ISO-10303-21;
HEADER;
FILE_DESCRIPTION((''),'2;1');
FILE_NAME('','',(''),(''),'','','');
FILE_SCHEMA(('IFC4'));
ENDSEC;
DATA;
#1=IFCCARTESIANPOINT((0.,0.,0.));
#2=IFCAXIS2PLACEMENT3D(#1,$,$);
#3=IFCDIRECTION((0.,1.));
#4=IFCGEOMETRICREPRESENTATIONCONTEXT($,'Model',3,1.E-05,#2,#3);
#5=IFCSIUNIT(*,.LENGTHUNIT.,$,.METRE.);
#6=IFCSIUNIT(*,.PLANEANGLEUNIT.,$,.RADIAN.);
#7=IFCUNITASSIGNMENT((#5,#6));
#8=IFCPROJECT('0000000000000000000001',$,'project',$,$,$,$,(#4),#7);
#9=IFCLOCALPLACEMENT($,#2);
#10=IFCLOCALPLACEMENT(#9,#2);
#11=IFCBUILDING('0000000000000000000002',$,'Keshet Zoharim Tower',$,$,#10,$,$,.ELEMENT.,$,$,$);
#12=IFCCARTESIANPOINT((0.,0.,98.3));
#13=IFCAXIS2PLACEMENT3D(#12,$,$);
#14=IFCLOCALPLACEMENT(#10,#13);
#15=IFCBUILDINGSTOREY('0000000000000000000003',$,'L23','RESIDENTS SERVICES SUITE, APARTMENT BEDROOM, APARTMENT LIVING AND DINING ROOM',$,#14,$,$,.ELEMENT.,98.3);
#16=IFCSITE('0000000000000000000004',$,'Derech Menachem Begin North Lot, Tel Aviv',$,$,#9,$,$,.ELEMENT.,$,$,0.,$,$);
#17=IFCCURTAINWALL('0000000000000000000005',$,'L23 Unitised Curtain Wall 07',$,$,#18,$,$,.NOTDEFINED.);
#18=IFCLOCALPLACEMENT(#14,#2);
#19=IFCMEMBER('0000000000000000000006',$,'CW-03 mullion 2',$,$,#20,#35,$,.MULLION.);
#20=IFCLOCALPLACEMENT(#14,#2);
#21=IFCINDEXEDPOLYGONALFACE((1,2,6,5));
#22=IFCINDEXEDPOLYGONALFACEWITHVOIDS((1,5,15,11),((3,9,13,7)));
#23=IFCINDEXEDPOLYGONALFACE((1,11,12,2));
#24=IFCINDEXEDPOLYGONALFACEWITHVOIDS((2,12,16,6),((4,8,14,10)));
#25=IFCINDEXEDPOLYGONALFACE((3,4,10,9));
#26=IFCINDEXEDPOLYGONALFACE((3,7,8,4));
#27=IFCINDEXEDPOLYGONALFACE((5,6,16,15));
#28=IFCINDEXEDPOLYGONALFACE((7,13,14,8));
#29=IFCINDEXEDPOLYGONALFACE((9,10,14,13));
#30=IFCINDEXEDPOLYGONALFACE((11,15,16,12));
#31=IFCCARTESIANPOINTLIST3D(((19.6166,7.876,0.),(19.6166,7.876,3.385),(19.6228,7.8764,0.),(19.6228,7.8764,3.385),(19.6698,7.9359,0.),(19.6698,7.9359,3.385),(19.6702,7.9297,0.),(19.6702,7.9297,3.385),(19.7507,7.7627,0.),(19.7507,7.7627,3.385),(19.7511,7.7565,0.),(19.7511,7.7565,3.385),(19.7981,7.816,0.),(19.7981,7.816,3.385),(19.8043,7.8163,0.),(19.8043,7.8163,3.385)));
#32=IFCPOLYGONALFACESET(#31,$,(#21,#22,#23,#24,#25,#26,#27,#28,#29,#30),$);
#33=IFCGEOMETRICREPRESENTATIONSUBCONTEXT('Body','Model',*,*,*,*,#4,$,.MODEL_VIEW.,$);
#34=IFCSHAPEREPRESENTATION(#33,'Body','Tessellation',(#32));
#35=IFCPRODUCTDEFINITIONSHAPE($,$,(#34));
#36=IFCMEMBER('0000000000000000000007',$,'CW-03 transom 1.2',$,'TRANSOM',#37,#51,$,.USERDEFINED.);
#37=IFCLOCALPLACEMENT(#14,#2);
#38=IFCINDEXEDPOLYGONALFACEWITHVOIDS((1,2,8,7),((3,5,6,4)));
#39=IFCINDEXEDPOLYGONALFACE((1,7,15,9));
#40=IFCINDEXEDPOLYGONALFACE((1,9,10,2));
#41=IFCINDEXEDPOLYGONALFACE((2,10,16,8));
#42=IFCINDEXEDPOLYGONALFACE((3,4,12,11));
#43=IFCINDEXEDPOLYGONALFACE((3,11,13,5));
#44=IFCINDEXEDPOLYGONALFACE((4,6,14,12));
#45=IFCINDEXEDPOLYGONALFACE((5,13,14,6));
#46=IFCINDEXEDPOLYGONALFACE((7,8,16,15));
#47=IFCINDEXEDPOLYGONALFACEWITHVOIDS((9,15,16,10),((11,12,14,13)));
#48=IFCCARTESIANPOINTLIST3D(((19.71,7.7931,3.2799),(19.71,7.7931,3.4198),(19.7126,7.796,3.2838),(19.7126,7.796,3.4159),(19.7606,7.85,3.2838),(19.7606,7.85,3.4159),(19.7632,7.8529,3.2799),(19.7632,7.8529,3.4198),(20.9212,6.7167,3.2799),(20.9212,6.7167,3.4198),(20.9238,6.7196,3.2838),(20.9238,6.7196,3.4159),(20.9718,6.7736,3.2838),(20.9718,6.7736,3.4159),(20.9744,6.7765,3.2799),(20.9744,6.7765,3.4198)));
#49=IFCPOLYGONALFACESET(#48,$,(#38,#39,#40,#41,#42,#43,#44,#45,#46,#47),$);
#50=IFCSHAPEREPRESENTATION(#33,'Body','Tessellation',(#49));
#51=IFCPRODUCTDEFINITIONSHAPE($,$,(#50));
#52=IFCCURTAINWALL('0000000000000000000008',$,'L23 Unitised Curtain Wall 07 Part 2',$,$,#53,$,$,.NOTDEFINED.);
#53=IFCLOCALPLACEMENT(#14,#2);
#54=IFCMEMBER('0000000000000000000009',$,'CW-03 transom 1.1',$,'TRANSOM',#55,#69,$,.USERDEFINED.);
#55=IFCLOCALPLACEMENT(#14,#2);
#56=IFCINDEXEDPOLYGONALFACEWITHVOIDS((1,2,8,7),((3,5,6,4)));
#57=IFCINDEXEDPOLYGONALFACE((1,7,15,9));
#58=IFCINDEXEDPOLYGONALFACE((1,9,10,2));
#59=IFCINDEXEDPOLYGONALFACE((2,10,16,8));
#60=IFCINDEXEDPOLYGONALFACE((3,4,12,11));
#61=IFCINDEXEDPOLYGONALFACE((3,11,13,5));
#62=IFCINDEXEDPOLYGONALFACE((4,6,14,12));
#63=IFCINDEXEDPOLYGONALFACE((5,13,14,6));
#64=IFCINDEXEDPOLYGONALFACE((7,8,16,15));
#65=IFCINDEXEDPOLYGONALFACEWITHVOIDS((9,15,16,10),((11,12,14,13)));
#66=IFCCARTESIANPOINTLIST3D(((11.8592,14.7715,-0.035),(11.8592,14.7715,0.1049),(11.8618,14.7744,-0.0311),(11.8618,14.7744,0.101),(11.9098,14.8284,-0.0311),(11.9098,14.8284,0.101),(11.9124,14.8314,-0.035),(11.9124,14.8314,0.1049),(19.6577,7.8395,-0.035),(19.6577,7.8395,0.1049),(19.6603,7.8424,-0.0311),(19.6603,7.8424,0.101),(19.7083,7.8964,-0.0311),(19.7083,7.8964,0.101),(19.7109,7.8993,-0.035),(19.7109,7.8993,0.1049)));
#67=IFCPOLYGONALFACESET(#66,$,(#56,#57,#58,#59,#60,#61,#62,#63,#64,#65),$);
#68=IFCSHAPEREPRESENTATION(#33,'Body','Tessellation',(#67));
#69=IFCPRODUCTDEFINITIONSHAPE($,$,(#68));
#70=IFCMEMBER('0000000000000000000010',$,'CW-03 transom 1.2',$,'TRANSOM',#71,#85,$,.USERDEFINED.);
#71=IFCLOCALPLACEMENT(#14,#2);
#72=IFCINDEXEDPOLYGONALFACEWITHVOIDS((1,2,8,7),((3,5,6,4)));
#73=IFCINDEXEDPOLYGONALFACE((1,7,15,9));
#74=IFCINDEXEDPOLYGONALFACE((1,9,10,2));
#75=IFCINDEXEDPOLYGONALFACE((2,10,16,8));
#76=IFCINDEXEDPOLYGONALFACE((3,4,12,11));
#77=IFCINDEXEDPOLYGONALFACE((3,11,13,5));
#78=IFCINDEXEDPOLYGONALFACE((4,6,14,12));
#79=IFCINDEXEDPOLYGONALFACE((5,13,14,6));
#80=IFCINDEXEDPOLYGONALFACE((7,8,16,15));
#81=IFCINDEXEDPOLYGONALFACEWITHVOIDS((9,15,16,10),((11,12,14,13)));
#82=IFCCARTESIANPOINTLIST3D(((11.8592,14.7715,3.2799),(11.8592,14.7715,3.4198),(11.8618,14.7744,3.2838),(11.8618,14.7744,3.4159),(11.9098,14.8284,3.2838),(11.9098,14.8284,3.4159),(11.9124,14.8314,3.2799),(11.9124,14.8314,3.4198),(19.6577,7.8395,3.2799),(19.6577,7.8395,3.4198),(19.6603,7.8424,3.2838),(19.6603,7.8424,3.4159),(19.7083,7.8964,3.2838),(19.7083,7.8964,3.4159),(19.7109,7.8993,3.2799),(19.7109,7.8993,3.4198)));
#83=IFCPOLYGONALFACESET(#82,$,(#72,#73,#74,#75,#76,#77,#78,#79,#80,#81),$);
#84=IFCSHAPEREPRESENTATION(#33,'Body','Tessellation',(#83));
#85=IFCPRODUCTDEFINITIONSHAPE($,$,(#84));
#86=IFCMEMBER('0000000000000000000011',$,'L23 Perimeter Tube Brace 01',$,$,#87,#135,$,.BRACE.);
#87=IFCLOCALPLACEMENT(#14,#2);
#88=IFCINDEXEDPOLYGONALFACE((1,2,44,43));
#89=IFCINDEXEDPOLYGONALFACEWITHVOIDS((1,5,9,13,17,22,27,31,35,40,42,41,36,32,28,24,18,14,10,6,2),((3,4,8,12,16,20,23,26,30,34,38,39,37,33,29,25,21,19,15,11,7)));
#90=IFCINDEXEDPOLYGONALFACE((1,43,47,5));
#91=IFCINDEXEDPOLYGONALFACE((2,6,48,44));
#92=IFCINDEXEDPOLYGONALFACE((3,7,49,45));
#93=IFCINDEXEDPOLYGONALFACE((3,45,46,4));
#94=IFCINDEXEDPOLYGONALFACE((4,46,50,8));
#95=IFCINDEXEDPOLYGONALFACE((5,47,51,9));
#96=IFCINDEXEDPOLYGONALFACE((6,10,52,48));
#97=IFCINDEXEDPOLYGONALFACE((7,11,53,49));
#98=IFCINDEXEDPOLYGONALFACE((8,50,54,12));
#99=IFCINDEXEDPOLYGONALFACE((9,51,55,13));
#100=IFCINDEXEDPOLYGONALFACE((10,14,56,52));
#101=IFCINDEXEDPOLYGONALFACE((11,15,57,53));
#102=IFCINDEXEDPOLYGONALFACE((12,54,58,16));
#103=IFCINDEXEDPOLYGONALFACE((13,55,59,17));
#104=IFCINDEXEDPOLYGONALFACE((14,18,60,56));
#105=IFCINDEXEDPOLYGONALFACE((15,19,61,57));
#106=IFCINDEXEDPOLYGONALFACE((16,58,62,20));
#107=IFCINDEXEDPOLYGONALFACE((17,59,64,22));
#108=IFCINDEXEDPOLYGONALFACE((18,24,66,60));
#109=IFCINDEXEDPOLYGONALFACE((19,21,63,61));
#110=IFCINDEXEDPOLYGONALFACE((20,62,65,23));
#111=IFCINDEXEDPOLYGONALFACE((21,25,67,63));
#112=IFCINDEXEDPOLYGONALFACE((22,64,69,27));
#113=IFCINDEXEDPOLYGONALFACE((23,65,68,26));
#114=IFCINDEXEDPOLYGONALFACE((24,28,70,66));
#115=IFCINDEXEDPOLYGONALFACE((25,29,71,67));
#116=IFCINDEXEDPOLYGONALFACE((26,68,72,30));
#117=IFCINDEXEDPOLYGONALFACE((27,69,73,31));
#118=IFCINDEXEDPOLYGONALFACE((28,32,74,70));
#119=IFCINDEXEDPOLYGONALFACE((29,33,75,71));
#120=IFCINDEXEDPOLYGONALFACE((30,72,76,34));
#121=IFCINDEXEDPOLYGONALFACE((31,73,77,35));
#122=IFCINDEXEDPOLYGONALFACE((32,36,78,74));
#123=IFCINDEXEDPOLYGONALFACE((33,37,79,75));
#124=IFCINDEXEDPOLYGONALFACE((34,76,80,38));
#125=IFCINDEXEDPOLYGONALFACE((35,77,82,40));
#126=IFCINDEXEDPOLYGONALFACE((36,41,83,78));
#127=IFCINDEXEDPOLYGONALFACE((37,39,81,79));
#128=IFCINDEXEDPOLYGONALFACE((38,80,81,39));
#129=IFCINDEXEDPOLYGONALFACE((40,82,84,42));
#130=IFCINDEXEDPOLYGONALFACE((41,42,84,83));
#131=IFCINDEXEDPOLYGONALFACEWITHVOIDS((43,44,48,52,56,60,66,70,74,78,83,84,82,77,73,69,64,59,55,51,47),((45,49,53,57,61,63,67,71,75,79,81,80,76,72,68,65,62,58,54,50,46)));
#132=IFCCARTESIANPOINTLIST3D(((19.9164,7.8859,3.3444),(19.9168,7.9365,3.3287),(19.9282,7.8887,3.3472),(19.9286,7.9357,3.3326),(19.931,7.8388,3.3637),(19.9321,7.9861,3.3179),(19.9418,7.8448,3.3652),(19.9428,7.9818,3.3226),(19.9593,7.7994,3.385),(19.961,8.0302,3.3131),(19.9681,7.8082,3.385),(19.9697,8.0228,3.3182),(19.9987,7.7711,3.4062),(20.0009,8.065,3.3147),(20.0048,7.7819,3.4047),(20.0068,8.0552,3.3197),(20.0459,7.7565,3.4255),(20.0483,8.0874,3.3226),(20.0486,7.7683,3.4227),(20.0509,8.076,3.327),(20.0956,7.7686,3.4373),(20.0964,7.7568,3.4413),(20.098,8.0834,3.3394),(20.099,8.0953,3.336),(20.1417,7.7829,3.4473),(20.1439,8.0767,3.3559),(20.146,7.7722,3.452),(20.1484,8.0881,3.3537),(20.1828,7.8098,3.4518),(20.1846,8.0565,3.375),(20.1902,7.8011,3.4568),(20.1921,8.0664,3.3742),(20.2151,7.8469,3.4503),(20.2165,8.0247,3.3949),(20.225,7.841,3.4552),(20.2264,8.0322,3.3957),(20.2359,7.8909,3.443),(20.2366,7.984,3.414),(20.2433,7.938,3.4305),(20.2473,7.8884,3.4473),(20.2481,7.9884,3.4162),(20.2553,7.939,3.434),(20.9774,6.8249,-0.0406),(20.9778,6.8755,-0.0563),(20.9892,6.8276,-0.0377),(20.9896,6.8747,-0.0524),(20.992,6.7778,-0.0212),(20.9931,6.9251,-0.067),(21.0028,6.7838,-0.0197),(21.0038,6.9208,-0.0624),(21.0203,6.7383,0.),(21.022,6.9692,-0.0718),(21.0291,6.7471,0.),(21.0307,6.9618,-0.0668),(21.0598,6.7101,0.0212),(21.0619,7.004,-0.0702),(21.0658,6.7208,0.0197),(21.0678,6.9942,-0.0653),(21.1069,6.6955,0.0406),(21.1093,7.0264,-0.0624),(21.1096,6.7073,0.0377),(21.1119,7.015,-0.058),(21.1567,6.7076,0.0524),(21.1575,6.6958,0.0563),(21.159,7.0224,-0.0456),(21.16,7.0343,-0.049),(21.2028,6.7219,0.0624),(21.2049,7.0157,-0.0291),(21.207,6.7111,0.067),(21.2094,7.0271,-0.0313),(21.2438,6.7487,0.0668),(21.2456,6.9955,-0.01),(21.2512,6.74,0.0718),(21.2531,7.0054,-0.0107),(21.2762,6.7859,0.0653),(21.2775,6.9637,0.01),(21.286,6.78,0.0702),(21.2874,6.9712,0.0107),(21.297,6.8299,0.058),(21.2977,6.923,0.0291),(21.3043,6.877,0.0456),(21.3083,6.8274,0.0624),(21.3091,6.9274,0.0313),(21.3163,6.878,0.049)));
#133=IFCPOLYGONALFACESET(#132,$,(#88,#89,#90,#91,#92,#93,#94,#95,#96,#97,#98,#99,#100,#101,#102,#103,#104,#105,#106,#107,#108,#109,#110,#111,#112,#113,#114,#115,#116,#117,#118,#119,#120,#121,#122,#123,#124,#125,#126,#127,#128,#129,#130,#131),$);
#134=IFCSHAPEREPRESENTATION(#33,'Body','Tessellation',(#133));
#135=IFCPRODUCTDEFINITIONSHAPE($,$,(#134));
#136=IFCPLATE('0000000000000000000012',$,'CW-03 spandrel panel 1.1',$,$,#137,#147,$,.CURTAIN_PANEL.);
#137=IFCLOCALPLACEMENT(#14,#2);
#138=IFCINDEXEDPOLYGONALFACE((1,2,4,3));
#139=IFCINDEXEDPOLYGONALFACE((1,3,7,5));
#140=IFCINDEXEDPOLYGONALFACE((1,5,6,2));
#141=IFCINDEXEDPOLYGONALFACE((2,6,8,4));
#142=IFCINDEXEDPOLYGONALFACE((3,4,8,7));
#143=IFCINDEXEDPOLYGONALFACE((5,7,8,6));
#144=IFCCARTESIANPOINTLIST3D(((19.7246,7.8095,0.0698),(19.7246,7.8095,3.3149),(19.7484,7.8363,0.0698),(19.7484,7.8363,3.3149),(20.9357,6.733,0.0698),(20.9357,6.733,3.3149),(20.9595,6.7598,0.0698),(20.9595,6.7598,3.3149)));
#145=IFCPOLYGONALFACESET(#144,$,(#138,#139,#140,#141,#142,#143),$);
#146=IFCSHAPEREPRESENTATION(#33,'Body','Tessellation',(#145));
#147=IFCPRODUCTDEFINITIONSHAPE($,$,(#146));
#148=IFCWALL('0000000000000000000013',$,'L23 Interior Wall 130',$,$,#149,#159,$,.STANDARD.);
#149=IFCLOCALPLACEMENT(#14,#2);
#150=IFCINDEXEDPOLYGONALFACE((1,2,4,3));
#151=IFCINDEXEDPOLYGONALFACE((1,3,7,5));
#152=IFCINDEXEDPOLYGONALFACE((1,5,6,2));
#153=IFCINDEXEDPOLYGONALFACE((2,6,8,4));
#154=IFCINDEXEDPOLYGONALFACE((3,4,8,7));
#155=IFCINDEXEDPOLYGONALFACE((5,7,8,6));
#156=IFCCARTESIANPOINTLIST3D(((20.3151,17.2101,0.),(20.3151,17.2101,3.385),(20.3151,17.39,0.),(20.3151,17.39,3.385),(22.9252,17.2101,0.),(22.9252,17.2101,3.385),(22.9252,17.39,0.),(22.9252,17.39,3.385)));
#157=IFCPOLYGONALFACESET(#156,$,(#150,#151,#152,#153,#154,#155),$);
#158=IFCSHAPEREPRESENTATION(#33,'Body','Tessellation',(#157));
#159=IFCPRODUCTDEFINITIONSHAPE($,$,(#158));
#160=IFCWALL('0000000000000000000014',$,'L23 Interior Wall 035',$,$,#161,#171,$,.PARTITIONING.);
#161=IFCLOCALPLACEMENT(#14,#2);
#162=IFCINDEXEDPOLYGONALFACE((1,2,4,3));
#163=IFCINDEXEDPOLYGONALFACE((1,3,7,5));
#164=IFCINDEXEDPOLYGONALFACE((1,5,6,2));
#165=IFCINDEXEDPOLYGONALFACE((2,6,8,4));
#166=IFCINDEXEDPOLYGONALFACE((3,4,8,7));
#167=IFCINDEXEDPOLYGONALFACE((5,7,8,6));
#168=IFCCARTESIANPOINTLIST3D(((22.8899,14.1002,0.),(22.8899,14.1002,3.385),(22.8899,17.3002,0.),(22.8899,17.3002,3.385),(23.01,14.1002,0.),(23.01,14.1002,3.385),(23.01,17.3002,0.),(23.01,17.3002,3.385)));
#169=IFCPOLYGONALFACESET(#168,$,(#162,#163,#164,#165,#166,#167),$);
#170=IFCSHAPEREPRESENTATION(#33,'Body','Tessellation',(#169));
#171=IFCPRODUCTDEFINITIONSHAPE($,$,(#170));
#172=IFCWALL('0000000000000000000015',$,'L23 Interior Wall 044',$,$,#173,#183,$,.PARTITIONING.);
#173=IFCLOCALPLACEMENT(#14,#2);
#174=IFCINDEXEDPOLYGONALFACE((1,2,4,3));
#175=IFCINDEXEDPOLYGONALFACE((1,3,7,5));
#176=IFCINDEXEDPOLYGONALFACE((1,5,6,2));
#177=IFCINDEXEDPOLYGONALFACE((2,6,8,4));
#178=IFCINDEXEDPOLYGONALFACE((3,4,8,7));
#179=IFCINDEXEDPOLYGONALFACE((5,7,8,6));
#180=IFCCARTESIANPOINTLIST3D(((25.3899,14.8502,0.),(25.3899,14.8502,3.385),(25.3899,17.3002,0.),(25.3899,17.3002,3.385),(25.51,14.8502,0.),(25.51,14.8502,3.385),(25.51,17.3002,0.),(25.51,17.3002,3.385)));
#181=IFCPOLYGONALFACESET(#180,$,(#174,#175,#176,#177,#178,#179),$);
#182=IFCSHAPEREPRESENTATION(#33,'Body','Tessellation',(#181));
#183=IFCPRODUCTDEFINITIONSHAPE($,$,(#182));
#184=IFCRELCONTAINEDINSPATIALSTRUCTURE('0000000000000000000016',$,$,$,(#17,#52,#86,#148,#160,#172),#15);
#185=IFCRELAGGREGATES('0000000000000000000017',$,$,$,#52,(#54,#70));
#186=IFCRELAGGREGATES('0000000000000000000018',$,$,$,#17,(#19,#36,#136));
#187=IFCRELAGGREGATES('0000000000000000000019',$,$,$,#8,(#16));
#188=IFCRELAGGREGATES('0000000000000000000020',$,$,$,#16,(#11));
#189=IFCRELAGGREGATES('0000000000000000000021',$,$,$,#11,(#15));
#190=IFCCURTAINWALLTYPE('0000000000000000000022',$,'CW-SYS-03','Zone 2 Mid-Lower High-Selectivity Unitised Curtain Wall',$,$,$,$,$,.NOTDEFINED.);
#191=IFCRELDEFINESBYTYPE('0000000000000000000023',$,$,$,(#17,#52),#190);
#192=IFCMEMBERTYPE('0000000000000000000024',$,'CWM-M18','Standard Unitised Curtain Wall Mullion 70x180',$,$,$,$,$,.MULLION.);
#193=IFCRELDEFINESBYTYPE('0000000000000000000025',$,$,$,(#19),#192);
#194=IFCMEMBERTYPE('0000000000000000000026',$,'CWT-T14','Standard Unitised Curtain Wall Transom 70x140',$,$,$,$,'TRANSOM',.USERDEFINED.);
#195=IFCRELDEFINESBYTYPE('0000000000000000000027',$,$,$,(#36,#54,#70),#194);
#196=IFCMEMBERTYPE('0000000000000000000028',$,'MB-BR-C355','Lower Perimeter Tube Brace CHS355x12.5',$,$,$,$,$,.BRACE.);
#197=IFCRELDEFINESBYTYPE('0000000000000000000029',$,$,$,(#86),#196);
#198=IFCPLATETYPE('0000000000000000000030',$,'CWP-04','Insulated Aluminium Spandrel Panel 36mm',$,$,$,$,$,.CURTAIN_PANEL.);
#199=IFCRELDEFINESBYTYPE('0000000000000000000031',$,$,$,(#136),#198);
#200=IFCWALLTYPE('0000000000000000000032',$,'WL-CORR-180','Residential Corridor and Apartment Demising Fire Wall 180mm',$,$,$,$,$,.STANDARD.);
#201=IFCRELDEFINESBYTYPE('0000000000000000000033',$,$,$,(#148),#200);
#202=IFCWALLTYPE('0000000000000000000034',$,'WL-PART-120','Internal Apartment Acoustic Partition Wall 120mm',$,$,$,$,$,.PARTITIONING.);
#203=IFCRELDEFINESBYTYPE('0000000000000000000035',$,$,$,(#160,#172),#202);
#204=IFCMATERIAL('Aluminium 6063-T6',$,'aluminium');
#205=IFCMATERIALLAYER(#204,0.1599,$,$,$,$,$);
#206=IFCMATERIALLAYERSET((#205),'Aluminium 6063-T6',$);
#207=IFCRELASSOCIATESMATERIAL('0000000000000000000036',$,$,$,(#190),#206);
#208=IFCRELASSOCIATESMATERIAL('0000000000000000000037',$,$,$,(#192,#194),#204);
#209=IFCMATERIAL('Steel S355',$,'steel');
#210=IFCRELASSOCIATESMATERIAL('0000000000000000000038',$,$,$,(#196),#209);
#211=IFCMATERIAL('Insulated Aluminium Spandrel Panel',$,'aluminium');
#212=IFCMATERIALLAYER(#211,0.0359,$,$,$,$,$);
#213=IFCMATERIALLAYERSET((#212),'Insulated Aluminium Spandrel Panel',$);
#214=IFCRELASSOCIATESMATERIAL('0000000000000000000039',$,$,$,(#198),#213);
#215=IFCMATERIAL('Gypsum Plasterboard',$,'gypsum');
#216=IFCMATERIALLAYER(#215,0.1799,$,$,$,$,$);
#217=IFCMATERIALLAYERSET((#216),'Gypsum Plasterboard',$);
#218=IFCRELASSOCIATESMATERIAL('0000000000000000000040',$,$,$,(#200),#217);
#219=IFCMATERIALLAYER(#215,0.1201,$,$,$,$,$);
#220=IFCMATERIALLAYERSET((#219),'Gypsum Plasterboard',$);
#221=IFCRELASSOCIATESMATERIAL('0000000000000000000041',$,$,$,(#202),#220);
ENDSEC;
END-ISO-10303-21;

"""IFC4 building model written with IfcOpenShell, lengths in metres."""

from ifc_helpers import new_model, si_unit, direction, frame, frame_2d, origin, origin_2d, place, context, subcontext, project, spatial, rectangle, hollow_rectangle, hollow_circle, extrude, material, layer, layer_set, material_profile, profile_set, type_object, element, aggregate, save


model = new_model("IFC4")

# Units and contexts
model_context = context("Model", 3, precision=1e-05, world=origin(), true_north=direction((0.0, 1.0)))
body_context = subcontext(model_context, "Body", "Model", "MODEL_VIEW")
ifc_project = project(units=[si_unit("LENGTHUNIT", "METRE"), si_unit("PLANEANGLEUNIT", "RADIAN")], contexts=[model_context])

# Site, building, storey
site_placement = place(None, origin())
site = spatial("IfcSite", under=ifc_project, at=site_placement, Name="Derech Menachem Begin North Lot, Tel Aviv", CompositionType="ELEMENT", RefElevation=0.0)
building_placement = place(site_placement, origin())
building = spatial("IfcBuilding", under=site, at=building_placement, Name="Keshet Zoharim Tower", CompositionType="ELEMENT")
storey_placement = place(building_placement, frame((0.0, 0.0, 98.3)))
storey = spatial("IfcBuildingStorey", under=building, at=storey_placement, Name="L23", Description="RESIDENTS SERVICES SUITE, APARTMENT BEDROOM, APARTMENT LIVING AND DINING ROOM", CompositionType="ELEMENT", Elevation=98.3)

# Curtain walls, members
ifc_material_1 = material(Name="Aluminium 6063-T6", Category="aluminium")
ifc_layer_1 = layer(ifc_material_1, 0.1599)
ifc_layer_set_1 = layer_set([ifc_layer_1], Name="Aluminium 6063-T6")
curtain_wall_type = type_object("IfcCurtainWallType", Name="CW-SYS-03", Description="Zone 2 Mid-Lower High-Selectivity Unitised Curtain Wall", PredefinedType="NOTDEFINED", material=ifc_layer_set_1)
curtain_wall_1_placement = place(storey_placement, origin())
curtain_wall_1 = element("IfcCurtainWall", 1, at=curtain_wall_1_placement, inside=storey, type_object=curtain_wall_type, Name="L23 Unitised Curtain Wall 07", PredefinedType="NOTDEFINED")
ifc_material_profile_1 = material_profile(ifc_material_1, hollow_rectangle(XDim=0.0801, YDim=0.1799, WallThickness=0.0044, at=origin_2d()), Name="MUL-80x180")
ifc_profile_set_1 = profile_set([ifc_material_profile_1], Name="Aluminium 6063-T6")
member_type_1 = type_object("IfcMemberType", Name="CWM-M18", Description="Standard Unitised Curtain Wall Mullion 70x180", PredefinedType="MULLION", material=ifc_profile_set_1)
member_1_placement = place(storey_placement, frame((19.7104, 7.8462, 0.0), z_axis=(0.0, 0.0, 1.0), x_axis=(-0.66436, -0.747412, 0.0)))
member_1 = element("IfcMember", 2, at=member_1_placement, type_object=member_type_1, Name="CW-03 mullion 2", PredefinedType="MULLION", context=body_context, shape_type="SweptSolid", body=[
    extrude(hollow_rectangle(XDim=0.0801, YDim=0.1799, WallThickness=0.0044, at=origin_2d()), origin(), (0.0, 0.0, 1.0), 3.385),
])
ifc_material_profile_2 = material_profile(ifc_material_1, hollow_rectangle(XDim=0.0801, YDim=0.1399, WallThickness=0.0039, at=origin_2d()), Name="TRN-80x140")
ifc_profile_set_2 = profile_set([ifc_material_profile_2], Name="Aluminium 6063-T6")
member_type_2 = type_object("IfcMemberType", Name="CWT-T14", Description="Standard Unitised Curtain Wall Transom 70x140", ElementType="TRANSOM", PredefinedType="USERDEFINED", material=ifc_profile_set_2)
member_2_placement = place(storey_placement, frame((20.9478, 6.7466, 3.3499), z_axis=(-0.747468, 0.664298, 0.0), x_axis=(-0.664298, -0.747468, 0.0)))
member_2 = element("IfcMember", 3, at=member_2_placement, type_object=member_type_2, Name="CW-03 transom 1.2", ObjectType="TRANSOM", PredefinedType="USERDEFINED", context=body_context, shape_type="SweptSolid", body=[
    extrude(hollow_rectangle(XDim=0.0801, YDim=0.1399, WallThickness=0.0039, at=origin_2d()), origin(), (0.0, 0.0, 1.0), 1.6204),
])
curtain_wall_2_placement = place(storey_placement, origin())
curtain_wall_2 = element("IfcCurtainWall", 4, at=curtain_wall_2_placement, inside=storey, type_object=curtain_wall_type, Name="L23 Unitised Curtain Wall 07 Part 2", PredefinedType="NOTDEFINED")
member_3_placement = place(storey_placement, frame((19.6843, 7.8694, 0.0349), z_axis=(-0.747407, 0.664367, 0.0), x_axis=(-0.664367, -0.747407, 0.0)))
member_3 = element("IfcMember", 5, at=member_3_placement, type_object=member_type_2, Name="CW-03 transom 1.1", ObjectType="TRANSOM", PredefinedType="USERDEFINED", context=body_context, shape_type="SweptSolid", body=[
    extrude(hollow_rectangle(XDim=0.0801, YDim=0.1399, WallThickness=0.0039, at=origin_2d()), origin(), (0.0, 0.0, 1.0), 10.4341),
])
member_4_placement = place(storey_placement, frame((19.6843, 7.8694, 3.3499), z_axis=(-0.747407, 0.664367, 0.0), x_axis=(-0.664367, -0.747407, 0.0)))
member_4 = element("IfcMember", 6, at=member_4_placement, type_object=member_type_2, Name="CW-03 transom 1.2", ObjectType="TRANSOM", PredefinedType="USERDEFINED", context=body_context, shape_type="SweptSolid", body=[
    extrude(hollow_rectangle(XDim=0.0801, YDim=0.1399, WallThickness=0.0039, at=origin_2d()), origin(), (0.0, 0.0, 1.0), 10.4341),
])
aggregate(curtain_wall_2, [member_3, member_4])

# Member
ifc_material_2 = material(Name="Steel S355", Category="steel")
ifc_material_profile_3 = material_profile(ifc_material_2, hollow_circle(Radius=0.1777, WallThickness=0.0125, at=origin_2d()), Name="CHS355x12.5")
ifc_profile_set_3 = profile_set([ifc_material_profile_3], Name="Steel S355")
member_type_3 = type_object("IfcMemberType", Name="MB-BR-C355", Description="Lower Perimeter Tube Brace CHS355x12.5", PredefinedType="BRACE", material=ifc_profile_set_3)
member_5_placement = place(storey_placement, frame((21.146, 6.864, 0.0), z_axis=(-0.286558, 0.286558, 0.914204), x_axis=(-0.707107, -0.707107, 0.0)))
element("IfcMember", 7, at=member_5_placement, inside=storey, type_object=member_type_3, Name="L23 Perimeter Tube Brace 01", PredefinedType="BRACE", context=body_context, shape_type="SweptSolid", body=[
    extrude(hollow_circle(Radius=0.1777, WallThickness=0.0125, at=origin_2d()), origin(), (0.0, 0.0, 1.0), 3.7026),
])

# Plate
ifc_material_3 = material(Name="Insulated Aluminium Spandrel Panel", Category="aluminium")
ifc_layer_2 = layer(ifc_material_3, 0.0359)
ifc_layer_set_2 = layer_set([ifc_layer_2], Name="Insulated Aluminium Spandrel Panel")
plate_type = type_object("IfcPlateType", Name="CWP-04", Description="Insulated Aluminium Spandrel Panel 36mm", PredefinedType="CURTAIN_PANEL", material=ifc_layer_set_2)
plate_placement = place(storey_placement, frame((20.342, 7.2847, 0.0698), z_axis=(0.0, 0.0, 1.0), x_axis=(-0.747412, 0.66436, 0.0)))
plate = element("IfcPlate", 8, at=plate_placement, type_object=plate_type, Name="CW-03 spandrel panel 1.1", PredefinedType="CURTAIN_PANEL", context=body_context, shape_type="SweptSolid", body=[
    extrude(rectangle(XDim=1.6204, YDim=0.0359, at=origin_2d()), origin(), (0.0, 0.0, 1.0), 3.2451),
])
aggregate(curtain_wall_1, [member_1, member_2, plate])

# Wall
ifc_material_4 = material(Name="Gypsum Plasterboard", Category="gypsum")
ifc_layer_3 = layer(ifc_material_4, 0.1799)
ifc_layer_set_3 = layer_set([ifc_layer_3], Name="Gypsum Plasterboard")
wall_type_1 = type_object("IfcWallType", Name="WL-CORR-180", Description="Residential Corridor and Apartment Demising Fire Wall 180mm", PredefinedType="STANDARD", material=ifc_layer_set_3)
wall_1_placement = place(storey_placement, frame((20.3149, 17.3, 0.0), z_axis=(0.0, 0.0, 1.0), x_axis=(1.0, 0.0, 0.0)))
element("IfcWall", 9, at=wall_1_placement, inside=storey, type_object=wall_type_1, Name="L23 Interior Wall 130", PredefinedType="STANDARD", context=body_context, shape_type="SweptSolid", body=[
    extrude(rectangle(XDim=2.6101, YDim=0.1799, at=frame_2d((1.3052, 0.0))), origin(), (0.0, 0.0, 1.0), 3.385),
])

# Shared definitions
ifc_layer_4 = layer(ifc_material_4, 0.1201)
ifc_layer_set_4 = layer_set([ifc_layer_4], Name="Gypsum Plasterboard")
wall_type_2 = type_object("IfcWallType", Name="WL-PART-120", Description="Internal Apartment Acoustic Partition Wall 120mm", PredefinedType="PARTITIONING", material=ifc_layer_set_4)

# Walls
wall_2_placement = place(storey_placement, frame((22.95, 14.1001, 0.0), z_axis=(0.0, 0.0, 1.0), x_axis=(0.0, 1.0, 0.0)))
element("IfcWall", 10, at=wall_2_placement, inside=storey, type_object=wall_type_2, Name="L23 Interior Wall 035", PredefinedType="PARTITIONING", context=body_context, shape_type="SweptSolid", body=[
    extrude(rectangle(XDim=3.2, YDim=0.1201, at=frame_2d((1.6001, 0.0))), origin(), (0.0, 0.0, 1.0), 3.385),
])
wall_3_placement = place(storey_placement, frame((25.45, 14.8501, 0.0), z_axis=(0.0, 0.0, 1.0), x_axis=(0.0, 1.0, 0.0)))
element("IfcWall", 11, at=wall_3_placement, inside=storey, type_object=wall_type_2, Name="L23 Interior Wall 044", PredefinedType="PARTITIONING", context=body_context, shape_type="SweptSolid", body=[
    extrude(rectangle(XDim=2.45, YDim=0.1201, at=frame_2d((1.2251, 0.0))), origin(), (0.0, 0.0, 1.0), 3.385),
])

save(model, "model.ifc")
